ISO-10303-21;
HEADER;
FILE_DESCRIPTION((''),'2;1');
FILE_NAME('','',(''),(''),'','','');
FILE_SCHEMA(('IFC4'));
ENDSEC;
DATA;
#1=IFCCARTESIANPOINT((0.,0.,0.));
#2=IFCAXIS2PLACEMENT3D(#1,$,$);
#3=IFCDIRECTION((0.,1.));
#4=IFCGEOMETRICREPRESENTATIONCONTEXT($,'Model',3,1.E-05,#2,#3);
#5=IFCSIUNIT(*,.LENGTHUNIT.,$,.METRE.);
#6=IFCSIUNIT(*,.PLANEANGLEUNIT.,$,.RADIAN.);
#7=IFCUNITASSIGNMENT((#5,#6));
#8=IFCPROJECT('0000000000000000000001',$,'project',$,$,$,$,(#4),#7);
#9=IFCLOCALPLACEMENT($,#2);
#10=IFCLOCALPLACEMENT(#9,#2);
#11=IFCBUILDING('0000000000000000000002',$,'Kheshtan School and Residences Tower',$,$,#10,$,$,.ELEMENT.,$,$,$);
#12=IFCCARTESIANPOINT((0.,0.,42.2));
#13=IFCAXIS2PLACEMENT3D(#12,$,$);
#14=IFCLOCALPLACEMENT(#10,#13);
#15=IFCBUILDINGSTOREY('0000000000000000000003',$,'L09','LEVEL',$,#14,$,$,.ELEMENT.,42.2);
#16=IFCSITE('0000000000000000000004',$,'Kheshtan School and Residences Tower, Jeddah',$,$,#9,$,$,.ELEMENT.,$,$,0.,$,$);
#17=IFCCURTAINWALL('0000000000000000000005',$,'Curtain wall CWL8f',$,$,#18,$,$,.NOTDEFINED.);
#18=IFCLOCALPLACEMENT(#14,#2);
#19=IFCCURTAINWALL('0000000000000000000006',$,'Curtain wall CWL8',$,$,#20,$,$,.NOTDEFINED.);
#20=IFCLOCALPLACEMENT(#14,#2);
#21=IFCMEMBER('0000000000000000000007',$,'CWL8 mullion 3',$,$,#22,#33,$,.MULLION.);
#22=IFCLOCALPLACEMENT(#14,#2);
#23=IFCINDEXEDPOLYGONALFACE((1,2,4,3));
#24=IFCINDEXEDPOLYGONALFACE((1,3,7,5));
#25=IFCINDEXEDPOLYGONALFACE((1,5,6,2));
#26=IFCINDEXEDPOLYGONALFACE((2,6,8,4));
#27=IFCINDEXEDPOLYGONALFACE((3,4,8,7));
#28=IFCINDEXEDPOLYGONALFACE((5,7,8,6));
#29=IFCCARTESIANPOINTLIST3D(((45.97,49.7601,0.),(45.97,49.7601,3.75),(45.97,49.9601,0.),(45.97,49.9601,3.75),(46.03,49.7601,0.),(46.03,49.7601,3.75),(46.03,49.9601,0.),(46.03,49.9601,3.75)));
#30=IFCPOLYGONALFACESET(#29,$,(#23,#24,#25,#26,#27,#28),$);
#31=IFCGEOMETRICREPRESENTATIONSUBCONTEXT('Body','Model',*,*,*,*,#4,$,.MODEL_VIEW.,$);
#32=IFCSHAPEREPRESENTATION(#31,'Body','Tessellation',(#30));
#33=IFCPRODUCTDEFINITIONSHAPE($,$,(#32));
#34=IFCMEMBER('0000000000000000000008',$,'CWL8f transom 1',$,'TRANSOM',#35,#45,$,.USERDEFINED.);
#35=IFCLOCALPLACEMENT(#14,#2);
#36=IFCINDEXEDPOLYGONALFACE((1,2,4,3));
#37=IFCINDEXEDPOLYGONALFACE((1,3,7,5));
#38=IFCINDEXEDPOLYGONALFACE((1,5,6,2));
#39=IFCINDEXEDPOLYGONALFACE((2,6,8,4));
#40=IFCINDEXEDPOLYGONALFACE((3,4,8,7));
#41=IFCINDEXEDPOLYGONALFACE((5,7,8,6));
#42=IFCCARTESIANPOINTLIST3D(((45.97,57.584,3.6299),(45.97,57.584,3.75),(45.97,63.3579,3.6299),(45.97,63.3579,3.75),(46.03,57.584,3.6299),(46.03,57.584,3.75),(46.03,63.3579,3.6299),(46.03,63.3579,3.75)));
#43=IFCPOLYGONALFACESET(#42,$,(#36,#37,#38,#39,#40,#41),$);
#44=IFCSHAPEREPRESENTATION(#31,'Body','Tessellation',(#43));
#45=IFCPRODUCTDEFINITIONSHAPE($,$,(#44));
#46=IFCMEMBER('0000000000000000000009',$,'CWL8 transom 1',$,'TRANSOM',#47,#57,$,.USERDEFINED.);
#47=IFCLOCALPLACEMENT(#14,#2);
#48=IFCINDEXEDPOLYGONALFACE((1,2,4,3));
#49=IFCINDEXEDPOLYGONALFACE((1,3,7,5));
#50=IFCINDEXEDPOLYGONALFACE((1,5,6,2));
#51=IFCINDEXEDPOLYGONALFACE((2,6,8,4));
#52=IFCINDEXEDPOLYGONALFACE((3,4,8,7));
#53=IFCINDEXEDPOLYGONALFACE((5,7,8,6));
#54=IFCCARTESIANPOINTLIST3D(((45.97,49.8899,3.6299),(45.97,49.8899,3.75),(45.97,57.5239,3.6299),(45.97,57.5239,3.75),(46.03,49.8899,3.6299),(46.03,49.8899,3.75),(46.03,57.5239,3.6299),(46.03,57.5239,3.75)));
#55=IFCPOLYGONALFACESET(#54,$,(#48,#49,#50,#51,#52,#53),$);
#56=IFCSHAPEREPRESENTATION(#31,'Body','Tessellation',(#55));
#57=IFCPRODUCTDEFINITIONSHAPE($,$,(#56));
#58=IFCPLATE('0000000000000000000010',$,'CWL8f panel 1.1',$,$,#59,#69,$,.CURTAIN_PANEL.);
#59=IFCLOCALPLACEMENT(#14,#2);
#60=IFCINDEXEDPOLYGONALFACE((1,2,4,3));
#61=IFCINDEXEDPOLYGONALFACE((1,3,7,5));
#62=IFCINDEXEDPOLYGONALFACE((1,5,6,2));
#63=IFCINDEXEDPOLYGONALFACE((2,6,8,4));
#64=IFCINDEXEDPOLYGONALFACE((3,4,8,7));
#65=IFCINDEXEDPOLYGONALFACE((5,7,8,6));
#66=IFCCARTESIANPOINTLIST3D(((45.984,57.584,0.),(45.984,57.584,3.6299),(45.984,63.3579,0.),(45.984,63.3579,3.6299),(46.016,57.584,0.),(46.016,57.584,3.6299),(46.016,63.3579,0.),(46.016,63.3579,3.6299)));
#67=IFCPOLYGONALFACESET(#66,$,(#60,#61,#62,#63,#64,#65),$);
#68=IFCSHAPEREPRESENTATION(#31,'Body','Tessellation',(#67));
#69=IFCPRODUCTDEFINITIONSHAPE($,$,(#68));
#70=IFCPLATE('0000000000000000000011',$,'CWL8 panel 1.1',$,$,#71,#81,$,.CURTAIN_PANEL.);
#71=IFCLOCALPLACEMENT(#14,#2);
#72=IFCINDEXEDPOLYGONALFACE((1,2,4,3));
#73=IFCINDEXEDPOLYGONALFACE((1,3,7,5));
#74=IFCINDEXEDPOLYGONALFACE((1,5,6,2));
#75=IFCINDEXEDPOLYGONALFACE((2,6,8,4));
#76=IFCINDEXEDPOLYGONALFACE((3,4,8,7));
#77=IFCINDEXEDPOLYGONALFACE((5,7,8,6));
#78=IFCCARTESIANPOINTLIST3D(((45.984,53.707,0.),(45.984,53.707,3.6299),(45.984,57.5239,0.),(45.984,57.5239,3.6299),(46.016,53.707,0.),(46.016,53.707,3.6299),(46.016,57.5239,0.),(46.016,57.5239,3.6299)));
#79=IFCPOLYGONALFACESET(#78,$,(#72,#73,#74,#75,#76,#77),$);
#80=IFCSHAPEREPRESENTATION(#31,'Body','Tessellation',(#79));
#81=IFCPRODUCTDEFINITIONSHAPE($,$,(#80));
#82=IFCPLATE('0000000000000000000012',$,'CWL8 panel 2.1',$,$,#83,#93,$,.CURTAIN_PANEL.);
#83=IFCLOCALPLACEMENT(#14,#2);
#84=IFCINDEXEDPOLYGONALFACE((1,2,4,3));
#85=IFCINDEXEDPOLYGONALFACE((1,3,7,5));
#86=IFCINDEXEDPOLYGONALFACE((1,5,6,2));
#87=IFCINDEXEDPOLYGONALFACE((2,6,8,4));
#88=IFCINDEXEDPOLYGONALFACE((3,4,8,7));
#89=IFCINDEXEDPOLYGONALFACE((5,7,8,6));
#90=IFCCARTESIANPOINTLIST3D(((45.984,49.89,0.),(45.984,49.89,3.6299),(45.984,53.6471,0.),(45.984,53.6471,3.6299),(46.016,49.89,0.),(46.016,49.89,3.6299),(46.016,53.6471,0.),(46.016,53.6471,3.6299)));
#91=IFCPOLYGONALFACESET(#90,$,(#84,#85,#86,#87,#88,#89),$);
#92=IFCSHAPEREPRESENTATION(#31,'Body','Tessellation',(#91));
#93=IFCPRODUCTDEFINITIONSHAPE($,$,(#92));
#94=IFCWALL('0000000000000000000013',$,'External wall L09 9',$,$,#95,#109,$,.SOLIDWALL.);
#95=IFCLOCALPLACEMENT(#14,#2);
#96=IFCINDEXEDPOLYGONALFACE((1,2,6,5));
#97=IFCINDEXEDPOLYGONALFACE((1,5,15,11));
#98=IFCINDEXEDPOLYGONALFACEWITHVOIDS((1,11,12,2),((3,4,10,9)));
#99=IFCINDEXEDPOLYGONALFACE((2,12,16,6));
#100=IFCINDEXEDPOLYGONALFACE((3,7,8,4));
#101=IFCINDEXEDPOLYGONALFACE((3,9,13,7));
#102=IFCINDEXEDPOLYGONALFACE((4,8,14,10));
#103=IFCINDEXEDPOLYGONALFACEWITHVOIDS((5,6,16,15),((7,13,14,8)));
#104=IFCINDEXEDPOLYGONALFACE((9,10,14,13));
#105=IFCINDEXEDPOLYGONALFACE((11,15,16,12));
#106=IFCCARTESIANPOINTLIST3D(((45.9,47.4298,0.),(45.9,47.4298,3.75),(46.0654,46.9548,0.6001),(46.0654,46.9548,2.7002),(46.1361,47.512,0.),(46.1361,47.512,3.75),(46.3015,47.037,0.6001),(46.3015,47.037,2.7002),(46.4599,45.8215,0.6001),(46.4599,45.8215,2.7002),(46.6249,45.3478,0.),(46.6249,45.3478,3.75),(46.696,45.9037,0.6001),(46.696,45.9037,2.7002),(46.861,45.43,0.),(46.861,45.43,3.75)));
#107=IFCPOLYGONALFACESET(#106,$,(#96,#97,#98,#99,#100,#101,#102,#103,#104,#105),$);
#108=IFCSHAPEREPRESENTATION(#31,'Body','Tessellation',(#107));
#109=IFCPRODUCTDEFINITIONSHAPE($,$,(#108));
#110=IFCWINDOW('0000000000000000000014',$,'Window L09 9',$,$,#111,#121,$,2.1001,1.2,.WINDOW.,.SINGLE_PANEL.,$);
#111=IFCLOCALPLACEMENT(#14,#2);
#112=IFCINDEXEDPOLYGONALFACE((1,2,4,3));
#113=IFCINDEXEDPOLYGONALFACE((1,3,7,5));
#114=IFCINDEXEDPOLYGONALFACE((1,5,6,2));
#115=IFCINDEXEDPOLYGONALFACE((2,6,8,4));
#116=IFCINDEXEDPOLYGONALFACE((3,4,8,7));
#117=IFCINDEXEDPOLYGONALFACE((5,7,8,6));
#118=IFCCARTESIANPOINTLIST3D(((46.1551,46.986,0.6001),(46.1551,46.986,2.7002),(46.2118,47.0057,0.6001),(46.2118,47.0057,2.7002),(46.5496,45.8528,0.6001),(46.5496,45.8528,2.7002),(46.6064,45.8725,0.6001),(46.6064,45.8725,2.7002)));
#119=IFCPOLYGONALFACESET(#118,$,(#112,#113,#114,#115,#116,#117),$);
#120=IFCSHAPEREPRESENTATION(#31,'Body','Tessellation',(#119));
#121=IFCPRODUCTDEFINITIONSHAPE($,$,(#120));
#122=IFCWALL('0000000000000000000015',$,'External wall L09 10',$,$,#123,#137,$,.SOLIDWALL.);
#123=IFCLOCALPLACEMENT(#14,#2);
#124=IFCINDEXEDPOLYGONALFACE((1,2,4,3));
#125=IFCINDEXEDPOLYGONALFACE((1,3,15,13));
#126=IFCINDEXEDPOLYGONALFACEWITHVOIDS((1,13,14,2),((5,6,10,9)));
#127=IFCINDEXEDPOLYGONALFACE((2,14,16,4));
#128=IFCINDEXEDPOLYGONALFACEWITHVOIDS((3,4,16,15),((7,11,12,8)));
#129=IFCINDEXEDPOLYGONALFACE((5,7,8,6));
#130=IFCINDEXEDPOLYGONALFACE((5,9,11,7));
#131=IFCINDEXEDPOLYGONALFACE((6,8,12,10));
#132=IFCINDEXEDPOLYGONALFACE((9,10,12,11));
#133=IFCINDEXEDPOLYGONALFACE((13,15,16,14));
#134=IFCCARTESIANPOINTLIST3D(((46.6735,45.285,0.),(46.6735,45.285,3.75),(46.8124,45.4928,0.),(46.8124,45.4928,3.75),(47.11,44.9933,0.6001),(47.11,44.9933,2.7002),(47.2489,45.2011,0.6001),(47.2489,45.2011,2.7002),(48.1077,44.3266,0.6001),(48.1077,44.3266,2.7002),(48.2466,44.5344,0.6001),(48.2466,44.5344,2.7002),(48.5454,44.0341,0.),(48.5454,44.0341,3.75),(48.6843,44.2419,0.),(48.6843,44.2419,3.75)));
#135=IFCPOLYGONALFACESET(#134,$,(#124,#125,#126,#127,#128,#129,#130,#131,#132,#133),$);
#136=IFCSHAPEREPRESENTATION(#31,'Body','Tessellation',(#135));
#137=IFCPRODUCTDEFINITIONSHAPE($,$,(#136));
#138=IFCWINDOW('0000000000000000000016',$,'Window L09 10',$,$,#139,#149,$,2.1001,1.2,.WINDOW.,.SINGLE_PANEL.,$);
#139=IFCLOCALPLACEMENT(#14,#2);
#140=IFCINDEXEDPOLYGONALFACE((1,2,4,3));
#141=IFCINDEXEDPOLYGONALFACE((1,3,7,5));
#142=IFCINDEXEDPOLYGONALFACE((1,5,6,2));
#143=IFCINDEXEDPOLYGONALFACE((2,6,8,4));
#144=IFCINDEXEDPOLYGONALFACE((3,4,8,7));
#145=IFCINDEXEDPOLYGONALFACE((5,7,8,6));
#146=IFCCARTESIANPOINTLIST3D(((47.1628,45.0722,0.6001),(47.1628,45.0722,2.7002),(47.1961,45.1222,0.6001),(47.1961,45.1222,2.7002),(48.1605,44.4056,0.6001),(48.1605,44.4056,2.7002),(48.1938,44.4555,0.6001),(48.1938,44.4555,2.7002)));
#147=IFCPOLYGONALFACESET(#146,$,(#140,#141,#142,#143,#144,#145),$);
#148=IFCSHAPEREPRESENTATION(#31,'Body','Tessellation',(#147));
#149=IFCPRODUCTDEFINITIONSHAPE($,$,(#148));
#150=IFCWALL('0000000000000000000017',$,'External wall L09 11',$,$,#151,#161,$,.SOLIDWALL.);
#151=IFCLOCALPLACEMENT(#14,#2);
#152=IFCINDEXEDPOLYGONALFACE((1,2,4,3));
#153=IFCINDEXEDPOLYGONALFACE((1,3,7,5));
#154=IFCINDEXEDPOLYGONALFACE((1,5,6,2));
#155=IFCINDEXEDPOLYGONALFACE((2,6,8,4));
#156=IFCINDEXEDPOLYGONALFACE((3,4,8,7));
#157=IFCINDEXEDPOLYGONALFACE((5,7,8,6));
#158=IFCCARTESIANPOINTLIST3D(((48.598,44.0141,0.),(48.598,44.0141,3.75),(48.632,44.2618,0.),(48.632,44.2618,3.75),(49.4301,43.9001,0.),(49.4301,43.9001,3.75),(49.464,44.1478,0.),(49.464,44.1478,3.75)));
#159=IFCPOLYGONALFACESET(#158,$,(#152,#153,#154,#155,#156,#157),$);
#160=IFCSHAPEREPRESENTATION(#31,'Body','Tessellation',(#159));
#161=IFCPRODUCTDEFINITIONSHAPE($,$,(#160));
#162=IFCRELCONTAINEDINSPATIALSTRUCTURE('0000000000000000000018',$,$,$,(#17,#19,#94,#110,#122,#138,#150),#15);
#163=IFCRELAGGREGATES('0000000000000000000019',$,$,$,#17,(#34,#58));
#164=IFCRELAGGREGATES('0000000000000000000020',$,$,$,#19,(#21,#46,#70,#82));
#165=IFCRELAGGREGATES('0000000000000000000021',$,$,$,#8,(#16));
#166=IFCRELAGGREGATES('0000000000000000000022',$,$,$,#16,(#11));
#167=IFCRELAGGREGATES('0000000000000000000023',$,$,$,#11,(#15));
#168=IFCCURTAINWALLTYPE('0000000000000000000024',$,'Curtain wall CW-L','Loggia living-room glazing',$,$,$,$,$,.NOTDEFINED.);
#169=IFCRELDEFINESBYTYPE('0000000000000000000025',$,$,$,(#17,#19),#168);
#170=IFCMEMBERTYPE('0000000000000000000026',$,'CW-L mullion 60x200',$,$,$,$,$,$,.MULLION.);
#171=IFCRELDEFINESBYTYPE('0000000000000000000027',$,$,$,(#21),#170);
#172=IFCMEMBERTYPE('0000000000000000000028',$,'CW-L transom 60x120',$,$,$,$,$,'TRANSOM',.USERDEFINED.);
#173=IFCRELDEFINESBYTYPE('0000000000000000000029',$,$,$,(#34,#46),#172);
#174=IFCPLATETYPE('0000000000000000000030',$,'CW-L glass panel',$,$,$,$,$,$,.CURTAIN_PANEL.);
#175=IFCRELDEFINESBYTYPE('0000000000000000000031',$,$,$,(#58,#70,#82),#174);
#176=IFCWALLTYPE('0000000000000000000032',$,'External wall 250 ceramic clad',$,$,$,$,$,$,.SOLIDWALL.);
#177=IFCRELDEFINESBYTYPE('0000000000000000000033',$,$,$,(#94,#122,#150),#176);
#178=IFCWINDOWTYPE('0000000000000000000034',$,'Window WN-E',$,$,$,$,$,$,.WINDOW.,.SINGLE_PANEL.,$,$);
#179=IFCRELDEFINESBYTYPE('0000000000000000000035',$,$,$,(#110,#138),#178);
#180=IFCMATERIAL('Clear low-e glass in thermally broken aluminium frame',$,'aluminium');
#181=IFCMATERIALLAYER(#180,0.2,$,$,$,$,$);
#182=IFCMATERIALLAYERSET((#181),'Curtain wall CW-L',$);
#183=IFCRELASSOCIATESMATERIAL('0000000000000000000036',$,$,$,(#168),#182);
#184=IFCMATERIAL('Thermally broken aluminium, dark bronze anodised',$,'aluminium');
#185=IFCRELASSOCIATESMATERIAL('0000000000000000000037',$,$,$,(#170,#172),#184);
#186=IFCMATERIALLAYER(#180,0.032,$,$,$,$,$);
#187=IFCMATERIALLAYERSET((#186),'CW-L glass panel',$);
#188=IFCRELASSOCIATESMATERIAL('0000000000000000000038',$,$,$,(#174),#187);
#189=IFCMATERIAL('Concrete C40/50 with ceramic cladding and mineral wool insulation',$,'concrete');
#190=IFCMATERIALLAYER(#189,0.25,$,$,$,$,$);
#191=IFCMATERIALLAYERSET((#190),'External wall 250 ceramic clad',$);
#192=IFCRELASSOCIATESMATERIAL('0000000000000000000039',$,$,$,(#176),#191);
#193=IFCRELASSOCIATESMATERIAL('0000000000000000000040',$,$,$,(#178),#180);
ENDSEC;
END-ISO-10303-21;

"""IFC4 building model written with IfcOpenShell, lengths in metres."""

from ifc_helpers import new_model, si_unit, direction, frame, frame_2d, origin, origin_2d, place, context, subcontext, project, spatial, rectangle, extrude, source, transform, mapped, material, layer, layer_set, material_profile, profile_set, type_object, element, fill, aggregate, save


model = new_model("IFC4")

# Units and contexts
model_context = context("Model", 3, precision=1e-05, world=origin(), true_north=direction((0.0, 1.0)))
body_context = subcontext(model_context, "Body", "Model", "MODEL_VIEW")
ifc_project = project(units=[si_unit("LENGTHUNIT", "METRE"), si_unit("PLANEANGLEUNIT", "RADIAN")], contexts=[model_context])

# Site, building, storey
site_placement = place(None, origin())
site = spatial("IfcSite", under=ifc_project, at=site_placement, Name="Kheshtan School and Residences Tower, Jeddah", CompositionType="ELEMENT", RefElevation=0.0)
building_placement = place(site_placement, origin())
building = spatial("IfcBuilding", under=site, at=building_placement, Name="Kheshtan School and Residences Tower", CompositionType="ELEMENT")
storey_placement = place(building_placement, frame((0.0, 0.0, 42.2)))
storey = spatial("IfcBuildingStorey", under=building, at=storey_placement, Name="L09", Description="LEVEL", CompositionType="ELEMENT", Elevation=42.2)

# Shared definitions
ifc_material_1 = material(Name="Clear low-e glass in thermally broken aluminium frame", Category="aluminium")
ifc_layer_1 = layer(ifc_material_1, 0.2)
ifc_layer_set_1 = layer_set([ifc_layer_1], Name="Curtain wall CW-L")
curtain_wall_type = type_object("IfcCurtainWallType", Name="Curtain wall CW-L", Description="Loggia living-room glazing", PredefinedType="NOTDEFINED", material=ifc_layer_set_1)
ifc_material_2 = material(Name="Thermally broken aluminium, dark bronze anodised", Category="aluminium")
ifc_material_profile_1 = material_profile(ifc_material_2, rectangle(XDim=0.0601, YDim=0.2, at=origin_2d()), Name="CW-L mullion 60x200")
ifc_profile_set_1 = profile_set([ifc_material_profile_1], Name="Thermally broken aluminium, dark bronze anodised")
member_type_1 = type_object("IfcMemberType", Name="CW-L mullion 60x200", PredefinedType="MULLION", material=ifc_profile_set_1)

# Curtain walls, member
curtain_wall_1_placement = place(storey_placement, origin())
curtain_wall_1 = element("IfcCurtainWall", 1, at=curtain_wall_1_placement, inside=storey, type_object=curtain_wall_type, Name="Curtain wall CWL8f", PredefinedType="NOTDEFINED")
curtain_wall_2_placement = place(storey_placement, origin())
curtain_wall_2 = element("IfcCurtainWall", 2, at=curtain_wall_2_placement, inside=storey, type_object=curtain_wall_type, Name="Curtain wall CWL8", PredefinedType="NOTDEFINED")
member_1_placement = place(storey_placement, frame((46.0, 49.8601, 0.0), z_axis=(0.0, 0.0, 1.0), x_axis=(1.0, 0.0, 0.0)))
member_1 = element("IfcMember", 3, at=member_1_placement, type_object=member_type_1, Name="CWL8 mullion 3", PredefinedType="MULLION", context=body_context, shape_type="SweptSolid", body=[
    extrude(rectangle(XDim=0.0601, YDim=0.2, at=origin_2d()), origin(), (0.0, 0.0, 1.0), 3.75),
])

# Members
ifc_material_profile_2 = material_profile(ifc_material_2, rectangle(XDim=0.0601, YDim=0.1201, at=origin_2d()), Name="CW-L transom 60x120")
ifc_profile_set_2 = profile_set([ifc_material_profile_2], Name="Thermally broken aluminium, dark bronze anodised")
member_type_2 = type_object("IfcMemberType", Name="CW-L transom 60x120", ElementType="TRANSOM", PredefinedType="USERDEFINED", material=ifc_profile_set_2)
member_2_placement = place(storey_placement, frame((46.0, 63.3579, 3.6899), z_axis=(0.0, -1.0, 0.0), x_axis=(1.0, 0.0, 0.0)))
member_2 = element("IfcMember", 4, at=member_2_placement, type_object=member_type_2, Name="CWL8f transom 1", ObjectType="TRANSOM", PredefinedType="USERDEFINED", context=body_context, shape_type="SweptSolid", body=[
    extrude(rectangle(XDim=0.0601, YDim=0.1201, at=origin_2d()), origin(), (0.0, 0.0, 1.0), 5.7739),
])
member_3_placement = place(storey_placement, frame((46.0, 57.5239, 3.6899), z_axis=(0.0, -1.0, 0.0), x_axis=(1.0, 0.0, 0.0)))
member_3 = element("IfcMember", 5, at=member_3_placement, type_object=member_type_2, Name="CWL8 transom 1", ObjectType="TRANSOM", PredefinedType="USERDEFINED", context=body_context, shape_type="SweptSolid", body=[
    extrude(rectangle(XDim=0.0601, YDim=0.1201, at=origin_2d()), origin(), (0.0, 0.0, 1.0), 7.634),
])

# Plates
ifc_layer_2 = layer(ifc_material_1, 0.032)
ifc_layer_set_2 = layer_set([ifc_layer_2], Name="CW-L glass panel")
plate_type = type_object("IfcPlateType", Name="CW-L glass panel", PredefinedType="CURTAIN_PANEL", material=ifc_layer_set_2)
plate_1_placement = place(storey_placement, frame((46.0, 60.4709, 0.0), z_axis=(0.0, 0.0, 1.0), x_axis=(0.0, -1.0, 0.0)))
plate_1 = element("IfcPlate", 6, at=plate_1_placement, type_object=plate_type, Name="CWL8f panel 1.1", PredefinedType="CURTAIN_PANEL", context=body_context, shape_type="SweptSolid", body=[
    extrude(rectangle(XDim=5.7739, YDim=0.032, at=origin_2d()), origin(), (0.0, 0.0, 1.0), 3.6299),
])
aggregate(curtain_wall_1, [member_2, plate_1])
plate_2_placement = place(storey_placement, frame((46.0, 55.6155, 0.0), z_axis=(0.0, 0.0, 1.0), x_axis=(0.0, -1.0, 0.0)))
plate_2 = element("IfcPlate", 7, at=plate_2_placement, type_object=plate_type, Name="CWL8 panel 1.1", PredefinedType="CURTAIN_PANEL", context=body_context, shape_type="SweptSolid", body=[
    extrude(rectangle(XDim=3.8169, YDim=0.032, at=origin_2d()), origin(), (0.0, 0.0, 1.0), 3.6299),
])
plate_3_placement = place(storey_placement, frame((46.0, 51.7686, 0.0), z_axis=(0.0, 0.0, 1.0), x_axis=(0.0, -1.0, 0.0)))
plate_3 = element("IfcPlate", 8, at=plate_3_placement, type_object=plate_type, Name="CWL8 panel 2.1", PredefinedType="CURTAIN_PANEL", context=body_context, shape_type="SweptSolid", body=[
    extrude(rectangle(XDim=3.7571, YDim=0.032, at=origin_2d()), origin(), (0.0, 0.0, 1.0), 3.6299),
])
aggregate(curtain_wall_2, [member_1, member_3, plate_2, plate_3])

# Walls, openings, windows
ifc_material_3 = material(Name="Concrete C40/50 with ceramic cladding and mineral wool insulation", Category="concrete")
ifc_layer_3 = layer(ifc_material_3, 0.25)
ifc_layer_set_3 = layer_set([ifc_layer_3], Name="External wall 250 ceramic clad")
wall_type_1 = type_object("IfcWallType", Name="External wall 250 ceramic clad", PredefinedType="SOLIDWALL", material=ifc_layer_set_3)
wall_1_placement = place(storey_placement, frame((46.0181, 47.4709, 0.0), z_axis=(0.0, 0.0, 1.0), x_axis=(0.328791, -0.944403, 0.0)))
wall_1 = element("IfcWall", 9, at=wall_1_placement, inside=storey, type_object=wall_type_1, Name="External wall L09 9", PredefinedType="SOLIDWALL", context=body_context, shape_type="SweptSolid", body=[
    extrude(rectangle(XDim=2.2046, YDim=0.25, at=frame_2d((1.1023, 0.0))), origin(), (0.0, 0.0, 1.0), 3.75),
])
opening_1_placement = place(wall_1_placement, frame((0.5029, 0.0, 0.6001)))
opening_1 = element("IfcOpeningElement", 10, at=opening_1_placement, cuts=wall_1, PredefinedType="OPENING", context=body_context, shape_type="SweptSolid", body=[
    extrude(rectangle(XDim=1.2, YDim=2.1001, at=frame_2d((0.6001, 1.05))), frame((0.0, 0.135, 0.0), z_axis=(0.0, -1.0, 0.0), x_axis=(1.0, 0.0, 0.0)), (0.0, 0.0, 1.0), 0.27),
])
window_type = type_object("IfcWindowType", Name="Window WN-E", PartitioningType="SINGLE_PANEL", PredefinedType="WINDOW", material=ifc_material_1)
shared_shape_1 = source(origin(), body_context, "Body", "SweptSolid", [
    extrude(rectangle(XDim=1.2, YDim=2.1001, at=frame_2d((0.6001, 1.05))), frame((0.0, 0.03, 0.0), z_axis=(0.0, -1.0, 0.0), x_axis=(1.0, 0.0, 0.0)), (0.0, 0.0, 1.0), 0.0601),
])
window_1_placement = place(opening_1_placement, origin())
window_1 = element("IfcWindow", 11, at=window_1_placement, inside=storey, type_object=window_type, Name="Window L09 9", OverallHeight=2.1001, OverallWidth=1.2, PartitioningType="SINGLE_PANEL", PredefinedType="WINDOW", context=body_context, shape_type="MappedRepresentation", body=[
    mapped(shared_shape_1, transform((0.0, 0.0, 0.0), x_axis=(1.0, 0.0, 0.0), y_axis=(0.0, 1.0, 0.0), z_axis=(0.0, 0.0, 1.0), scale=1.0)),
])
fill(opening_1, window_1)
wall_2_placement = place(storey_placement, frame((46.7429, 45.3889, 0.0), z_axis=(0.0, 0.0, 1.0), x_axis=(0.831449, -0.555601, 0.0)))
wall_2 = element("IfcWall", 12, at=wall_2_placement, inside=storey, type_object=wall_type_1, Name="External wall L09 10", PredefinedType="SOLIDWALL", context=body_context, shape_type="SweptSolid", body=[
    extrude(rectangle(XDim=2.2515, YDim=0.25, at=frame_2d((1.1257, 0.0))), origin(), (0.0, 0.0, 1.0), 3.75),
])
opening_2_placement = place(wall_2_placement, frame((0.5249, 0.0, 0.6001)))
opening_2 = element("IfcOpeningElement", 13, at=opening_2_placement, cuts=wall_2, PredefinedType="OPENING", context=body_context, shape_type="SweptSolid", body=[
    extrude(rectangle(XDim=1.2, YDim=2.1001, at=frame_2d((0.6001, 1.05))), frame((0.0, 0.135, 0.0), z_axis=(0.0, -1.0, 0.0), x_axis=(1.0, 0.0, 0.0)), (0.0, 0.0, 1.0), 0.27),
])
window_2_placement = place(opening_2_placement, origin())
window_2 = element("IfcWindow", 14, at=window_2_placement, inside=storey, type_object=window_type, Name="Window L09 10", OverallHeight=2.1001, OverallWidth=1.2, PartitioningType="SINGLE_PANEL", PredefinedType="WINDOW", context=body_context, shape_type="MappedRepresentation", body=[
    mapped(shared_shape_1, transform((0.0, 0.0, 0.0), x_axis=(1.0, 0.0, 0.0), y_axis=(0.0, 1.0, 0.0), z_axis=(0.0, 0.0, 1.0), scale=1.0)),
])
fill(opening_2, window_2)

# Wall
wall_3_placement = place(storey_placement, frame((48.615, 44.1379, 0.0), z_axis=(0.0, 0.0, 1.0), x_axis=(0.990742, -0.135762, 0.0)))
element("IfcWall", 15, at=wall_3_placement, inside=storey, type_object=wall_type_1, Name="External wall L09 11", PredefinedType="SOLIDWALL", context=body_context, shape_type="SweptSolid", body=[
    extrude(rectangle(XDim=0.8398, YDim=0.25, at=frame_2d((0.4199, 0.0))), origin(), (0.0, 0.0, 1.0), 3.75),
])

save(model, "model.ifc")
